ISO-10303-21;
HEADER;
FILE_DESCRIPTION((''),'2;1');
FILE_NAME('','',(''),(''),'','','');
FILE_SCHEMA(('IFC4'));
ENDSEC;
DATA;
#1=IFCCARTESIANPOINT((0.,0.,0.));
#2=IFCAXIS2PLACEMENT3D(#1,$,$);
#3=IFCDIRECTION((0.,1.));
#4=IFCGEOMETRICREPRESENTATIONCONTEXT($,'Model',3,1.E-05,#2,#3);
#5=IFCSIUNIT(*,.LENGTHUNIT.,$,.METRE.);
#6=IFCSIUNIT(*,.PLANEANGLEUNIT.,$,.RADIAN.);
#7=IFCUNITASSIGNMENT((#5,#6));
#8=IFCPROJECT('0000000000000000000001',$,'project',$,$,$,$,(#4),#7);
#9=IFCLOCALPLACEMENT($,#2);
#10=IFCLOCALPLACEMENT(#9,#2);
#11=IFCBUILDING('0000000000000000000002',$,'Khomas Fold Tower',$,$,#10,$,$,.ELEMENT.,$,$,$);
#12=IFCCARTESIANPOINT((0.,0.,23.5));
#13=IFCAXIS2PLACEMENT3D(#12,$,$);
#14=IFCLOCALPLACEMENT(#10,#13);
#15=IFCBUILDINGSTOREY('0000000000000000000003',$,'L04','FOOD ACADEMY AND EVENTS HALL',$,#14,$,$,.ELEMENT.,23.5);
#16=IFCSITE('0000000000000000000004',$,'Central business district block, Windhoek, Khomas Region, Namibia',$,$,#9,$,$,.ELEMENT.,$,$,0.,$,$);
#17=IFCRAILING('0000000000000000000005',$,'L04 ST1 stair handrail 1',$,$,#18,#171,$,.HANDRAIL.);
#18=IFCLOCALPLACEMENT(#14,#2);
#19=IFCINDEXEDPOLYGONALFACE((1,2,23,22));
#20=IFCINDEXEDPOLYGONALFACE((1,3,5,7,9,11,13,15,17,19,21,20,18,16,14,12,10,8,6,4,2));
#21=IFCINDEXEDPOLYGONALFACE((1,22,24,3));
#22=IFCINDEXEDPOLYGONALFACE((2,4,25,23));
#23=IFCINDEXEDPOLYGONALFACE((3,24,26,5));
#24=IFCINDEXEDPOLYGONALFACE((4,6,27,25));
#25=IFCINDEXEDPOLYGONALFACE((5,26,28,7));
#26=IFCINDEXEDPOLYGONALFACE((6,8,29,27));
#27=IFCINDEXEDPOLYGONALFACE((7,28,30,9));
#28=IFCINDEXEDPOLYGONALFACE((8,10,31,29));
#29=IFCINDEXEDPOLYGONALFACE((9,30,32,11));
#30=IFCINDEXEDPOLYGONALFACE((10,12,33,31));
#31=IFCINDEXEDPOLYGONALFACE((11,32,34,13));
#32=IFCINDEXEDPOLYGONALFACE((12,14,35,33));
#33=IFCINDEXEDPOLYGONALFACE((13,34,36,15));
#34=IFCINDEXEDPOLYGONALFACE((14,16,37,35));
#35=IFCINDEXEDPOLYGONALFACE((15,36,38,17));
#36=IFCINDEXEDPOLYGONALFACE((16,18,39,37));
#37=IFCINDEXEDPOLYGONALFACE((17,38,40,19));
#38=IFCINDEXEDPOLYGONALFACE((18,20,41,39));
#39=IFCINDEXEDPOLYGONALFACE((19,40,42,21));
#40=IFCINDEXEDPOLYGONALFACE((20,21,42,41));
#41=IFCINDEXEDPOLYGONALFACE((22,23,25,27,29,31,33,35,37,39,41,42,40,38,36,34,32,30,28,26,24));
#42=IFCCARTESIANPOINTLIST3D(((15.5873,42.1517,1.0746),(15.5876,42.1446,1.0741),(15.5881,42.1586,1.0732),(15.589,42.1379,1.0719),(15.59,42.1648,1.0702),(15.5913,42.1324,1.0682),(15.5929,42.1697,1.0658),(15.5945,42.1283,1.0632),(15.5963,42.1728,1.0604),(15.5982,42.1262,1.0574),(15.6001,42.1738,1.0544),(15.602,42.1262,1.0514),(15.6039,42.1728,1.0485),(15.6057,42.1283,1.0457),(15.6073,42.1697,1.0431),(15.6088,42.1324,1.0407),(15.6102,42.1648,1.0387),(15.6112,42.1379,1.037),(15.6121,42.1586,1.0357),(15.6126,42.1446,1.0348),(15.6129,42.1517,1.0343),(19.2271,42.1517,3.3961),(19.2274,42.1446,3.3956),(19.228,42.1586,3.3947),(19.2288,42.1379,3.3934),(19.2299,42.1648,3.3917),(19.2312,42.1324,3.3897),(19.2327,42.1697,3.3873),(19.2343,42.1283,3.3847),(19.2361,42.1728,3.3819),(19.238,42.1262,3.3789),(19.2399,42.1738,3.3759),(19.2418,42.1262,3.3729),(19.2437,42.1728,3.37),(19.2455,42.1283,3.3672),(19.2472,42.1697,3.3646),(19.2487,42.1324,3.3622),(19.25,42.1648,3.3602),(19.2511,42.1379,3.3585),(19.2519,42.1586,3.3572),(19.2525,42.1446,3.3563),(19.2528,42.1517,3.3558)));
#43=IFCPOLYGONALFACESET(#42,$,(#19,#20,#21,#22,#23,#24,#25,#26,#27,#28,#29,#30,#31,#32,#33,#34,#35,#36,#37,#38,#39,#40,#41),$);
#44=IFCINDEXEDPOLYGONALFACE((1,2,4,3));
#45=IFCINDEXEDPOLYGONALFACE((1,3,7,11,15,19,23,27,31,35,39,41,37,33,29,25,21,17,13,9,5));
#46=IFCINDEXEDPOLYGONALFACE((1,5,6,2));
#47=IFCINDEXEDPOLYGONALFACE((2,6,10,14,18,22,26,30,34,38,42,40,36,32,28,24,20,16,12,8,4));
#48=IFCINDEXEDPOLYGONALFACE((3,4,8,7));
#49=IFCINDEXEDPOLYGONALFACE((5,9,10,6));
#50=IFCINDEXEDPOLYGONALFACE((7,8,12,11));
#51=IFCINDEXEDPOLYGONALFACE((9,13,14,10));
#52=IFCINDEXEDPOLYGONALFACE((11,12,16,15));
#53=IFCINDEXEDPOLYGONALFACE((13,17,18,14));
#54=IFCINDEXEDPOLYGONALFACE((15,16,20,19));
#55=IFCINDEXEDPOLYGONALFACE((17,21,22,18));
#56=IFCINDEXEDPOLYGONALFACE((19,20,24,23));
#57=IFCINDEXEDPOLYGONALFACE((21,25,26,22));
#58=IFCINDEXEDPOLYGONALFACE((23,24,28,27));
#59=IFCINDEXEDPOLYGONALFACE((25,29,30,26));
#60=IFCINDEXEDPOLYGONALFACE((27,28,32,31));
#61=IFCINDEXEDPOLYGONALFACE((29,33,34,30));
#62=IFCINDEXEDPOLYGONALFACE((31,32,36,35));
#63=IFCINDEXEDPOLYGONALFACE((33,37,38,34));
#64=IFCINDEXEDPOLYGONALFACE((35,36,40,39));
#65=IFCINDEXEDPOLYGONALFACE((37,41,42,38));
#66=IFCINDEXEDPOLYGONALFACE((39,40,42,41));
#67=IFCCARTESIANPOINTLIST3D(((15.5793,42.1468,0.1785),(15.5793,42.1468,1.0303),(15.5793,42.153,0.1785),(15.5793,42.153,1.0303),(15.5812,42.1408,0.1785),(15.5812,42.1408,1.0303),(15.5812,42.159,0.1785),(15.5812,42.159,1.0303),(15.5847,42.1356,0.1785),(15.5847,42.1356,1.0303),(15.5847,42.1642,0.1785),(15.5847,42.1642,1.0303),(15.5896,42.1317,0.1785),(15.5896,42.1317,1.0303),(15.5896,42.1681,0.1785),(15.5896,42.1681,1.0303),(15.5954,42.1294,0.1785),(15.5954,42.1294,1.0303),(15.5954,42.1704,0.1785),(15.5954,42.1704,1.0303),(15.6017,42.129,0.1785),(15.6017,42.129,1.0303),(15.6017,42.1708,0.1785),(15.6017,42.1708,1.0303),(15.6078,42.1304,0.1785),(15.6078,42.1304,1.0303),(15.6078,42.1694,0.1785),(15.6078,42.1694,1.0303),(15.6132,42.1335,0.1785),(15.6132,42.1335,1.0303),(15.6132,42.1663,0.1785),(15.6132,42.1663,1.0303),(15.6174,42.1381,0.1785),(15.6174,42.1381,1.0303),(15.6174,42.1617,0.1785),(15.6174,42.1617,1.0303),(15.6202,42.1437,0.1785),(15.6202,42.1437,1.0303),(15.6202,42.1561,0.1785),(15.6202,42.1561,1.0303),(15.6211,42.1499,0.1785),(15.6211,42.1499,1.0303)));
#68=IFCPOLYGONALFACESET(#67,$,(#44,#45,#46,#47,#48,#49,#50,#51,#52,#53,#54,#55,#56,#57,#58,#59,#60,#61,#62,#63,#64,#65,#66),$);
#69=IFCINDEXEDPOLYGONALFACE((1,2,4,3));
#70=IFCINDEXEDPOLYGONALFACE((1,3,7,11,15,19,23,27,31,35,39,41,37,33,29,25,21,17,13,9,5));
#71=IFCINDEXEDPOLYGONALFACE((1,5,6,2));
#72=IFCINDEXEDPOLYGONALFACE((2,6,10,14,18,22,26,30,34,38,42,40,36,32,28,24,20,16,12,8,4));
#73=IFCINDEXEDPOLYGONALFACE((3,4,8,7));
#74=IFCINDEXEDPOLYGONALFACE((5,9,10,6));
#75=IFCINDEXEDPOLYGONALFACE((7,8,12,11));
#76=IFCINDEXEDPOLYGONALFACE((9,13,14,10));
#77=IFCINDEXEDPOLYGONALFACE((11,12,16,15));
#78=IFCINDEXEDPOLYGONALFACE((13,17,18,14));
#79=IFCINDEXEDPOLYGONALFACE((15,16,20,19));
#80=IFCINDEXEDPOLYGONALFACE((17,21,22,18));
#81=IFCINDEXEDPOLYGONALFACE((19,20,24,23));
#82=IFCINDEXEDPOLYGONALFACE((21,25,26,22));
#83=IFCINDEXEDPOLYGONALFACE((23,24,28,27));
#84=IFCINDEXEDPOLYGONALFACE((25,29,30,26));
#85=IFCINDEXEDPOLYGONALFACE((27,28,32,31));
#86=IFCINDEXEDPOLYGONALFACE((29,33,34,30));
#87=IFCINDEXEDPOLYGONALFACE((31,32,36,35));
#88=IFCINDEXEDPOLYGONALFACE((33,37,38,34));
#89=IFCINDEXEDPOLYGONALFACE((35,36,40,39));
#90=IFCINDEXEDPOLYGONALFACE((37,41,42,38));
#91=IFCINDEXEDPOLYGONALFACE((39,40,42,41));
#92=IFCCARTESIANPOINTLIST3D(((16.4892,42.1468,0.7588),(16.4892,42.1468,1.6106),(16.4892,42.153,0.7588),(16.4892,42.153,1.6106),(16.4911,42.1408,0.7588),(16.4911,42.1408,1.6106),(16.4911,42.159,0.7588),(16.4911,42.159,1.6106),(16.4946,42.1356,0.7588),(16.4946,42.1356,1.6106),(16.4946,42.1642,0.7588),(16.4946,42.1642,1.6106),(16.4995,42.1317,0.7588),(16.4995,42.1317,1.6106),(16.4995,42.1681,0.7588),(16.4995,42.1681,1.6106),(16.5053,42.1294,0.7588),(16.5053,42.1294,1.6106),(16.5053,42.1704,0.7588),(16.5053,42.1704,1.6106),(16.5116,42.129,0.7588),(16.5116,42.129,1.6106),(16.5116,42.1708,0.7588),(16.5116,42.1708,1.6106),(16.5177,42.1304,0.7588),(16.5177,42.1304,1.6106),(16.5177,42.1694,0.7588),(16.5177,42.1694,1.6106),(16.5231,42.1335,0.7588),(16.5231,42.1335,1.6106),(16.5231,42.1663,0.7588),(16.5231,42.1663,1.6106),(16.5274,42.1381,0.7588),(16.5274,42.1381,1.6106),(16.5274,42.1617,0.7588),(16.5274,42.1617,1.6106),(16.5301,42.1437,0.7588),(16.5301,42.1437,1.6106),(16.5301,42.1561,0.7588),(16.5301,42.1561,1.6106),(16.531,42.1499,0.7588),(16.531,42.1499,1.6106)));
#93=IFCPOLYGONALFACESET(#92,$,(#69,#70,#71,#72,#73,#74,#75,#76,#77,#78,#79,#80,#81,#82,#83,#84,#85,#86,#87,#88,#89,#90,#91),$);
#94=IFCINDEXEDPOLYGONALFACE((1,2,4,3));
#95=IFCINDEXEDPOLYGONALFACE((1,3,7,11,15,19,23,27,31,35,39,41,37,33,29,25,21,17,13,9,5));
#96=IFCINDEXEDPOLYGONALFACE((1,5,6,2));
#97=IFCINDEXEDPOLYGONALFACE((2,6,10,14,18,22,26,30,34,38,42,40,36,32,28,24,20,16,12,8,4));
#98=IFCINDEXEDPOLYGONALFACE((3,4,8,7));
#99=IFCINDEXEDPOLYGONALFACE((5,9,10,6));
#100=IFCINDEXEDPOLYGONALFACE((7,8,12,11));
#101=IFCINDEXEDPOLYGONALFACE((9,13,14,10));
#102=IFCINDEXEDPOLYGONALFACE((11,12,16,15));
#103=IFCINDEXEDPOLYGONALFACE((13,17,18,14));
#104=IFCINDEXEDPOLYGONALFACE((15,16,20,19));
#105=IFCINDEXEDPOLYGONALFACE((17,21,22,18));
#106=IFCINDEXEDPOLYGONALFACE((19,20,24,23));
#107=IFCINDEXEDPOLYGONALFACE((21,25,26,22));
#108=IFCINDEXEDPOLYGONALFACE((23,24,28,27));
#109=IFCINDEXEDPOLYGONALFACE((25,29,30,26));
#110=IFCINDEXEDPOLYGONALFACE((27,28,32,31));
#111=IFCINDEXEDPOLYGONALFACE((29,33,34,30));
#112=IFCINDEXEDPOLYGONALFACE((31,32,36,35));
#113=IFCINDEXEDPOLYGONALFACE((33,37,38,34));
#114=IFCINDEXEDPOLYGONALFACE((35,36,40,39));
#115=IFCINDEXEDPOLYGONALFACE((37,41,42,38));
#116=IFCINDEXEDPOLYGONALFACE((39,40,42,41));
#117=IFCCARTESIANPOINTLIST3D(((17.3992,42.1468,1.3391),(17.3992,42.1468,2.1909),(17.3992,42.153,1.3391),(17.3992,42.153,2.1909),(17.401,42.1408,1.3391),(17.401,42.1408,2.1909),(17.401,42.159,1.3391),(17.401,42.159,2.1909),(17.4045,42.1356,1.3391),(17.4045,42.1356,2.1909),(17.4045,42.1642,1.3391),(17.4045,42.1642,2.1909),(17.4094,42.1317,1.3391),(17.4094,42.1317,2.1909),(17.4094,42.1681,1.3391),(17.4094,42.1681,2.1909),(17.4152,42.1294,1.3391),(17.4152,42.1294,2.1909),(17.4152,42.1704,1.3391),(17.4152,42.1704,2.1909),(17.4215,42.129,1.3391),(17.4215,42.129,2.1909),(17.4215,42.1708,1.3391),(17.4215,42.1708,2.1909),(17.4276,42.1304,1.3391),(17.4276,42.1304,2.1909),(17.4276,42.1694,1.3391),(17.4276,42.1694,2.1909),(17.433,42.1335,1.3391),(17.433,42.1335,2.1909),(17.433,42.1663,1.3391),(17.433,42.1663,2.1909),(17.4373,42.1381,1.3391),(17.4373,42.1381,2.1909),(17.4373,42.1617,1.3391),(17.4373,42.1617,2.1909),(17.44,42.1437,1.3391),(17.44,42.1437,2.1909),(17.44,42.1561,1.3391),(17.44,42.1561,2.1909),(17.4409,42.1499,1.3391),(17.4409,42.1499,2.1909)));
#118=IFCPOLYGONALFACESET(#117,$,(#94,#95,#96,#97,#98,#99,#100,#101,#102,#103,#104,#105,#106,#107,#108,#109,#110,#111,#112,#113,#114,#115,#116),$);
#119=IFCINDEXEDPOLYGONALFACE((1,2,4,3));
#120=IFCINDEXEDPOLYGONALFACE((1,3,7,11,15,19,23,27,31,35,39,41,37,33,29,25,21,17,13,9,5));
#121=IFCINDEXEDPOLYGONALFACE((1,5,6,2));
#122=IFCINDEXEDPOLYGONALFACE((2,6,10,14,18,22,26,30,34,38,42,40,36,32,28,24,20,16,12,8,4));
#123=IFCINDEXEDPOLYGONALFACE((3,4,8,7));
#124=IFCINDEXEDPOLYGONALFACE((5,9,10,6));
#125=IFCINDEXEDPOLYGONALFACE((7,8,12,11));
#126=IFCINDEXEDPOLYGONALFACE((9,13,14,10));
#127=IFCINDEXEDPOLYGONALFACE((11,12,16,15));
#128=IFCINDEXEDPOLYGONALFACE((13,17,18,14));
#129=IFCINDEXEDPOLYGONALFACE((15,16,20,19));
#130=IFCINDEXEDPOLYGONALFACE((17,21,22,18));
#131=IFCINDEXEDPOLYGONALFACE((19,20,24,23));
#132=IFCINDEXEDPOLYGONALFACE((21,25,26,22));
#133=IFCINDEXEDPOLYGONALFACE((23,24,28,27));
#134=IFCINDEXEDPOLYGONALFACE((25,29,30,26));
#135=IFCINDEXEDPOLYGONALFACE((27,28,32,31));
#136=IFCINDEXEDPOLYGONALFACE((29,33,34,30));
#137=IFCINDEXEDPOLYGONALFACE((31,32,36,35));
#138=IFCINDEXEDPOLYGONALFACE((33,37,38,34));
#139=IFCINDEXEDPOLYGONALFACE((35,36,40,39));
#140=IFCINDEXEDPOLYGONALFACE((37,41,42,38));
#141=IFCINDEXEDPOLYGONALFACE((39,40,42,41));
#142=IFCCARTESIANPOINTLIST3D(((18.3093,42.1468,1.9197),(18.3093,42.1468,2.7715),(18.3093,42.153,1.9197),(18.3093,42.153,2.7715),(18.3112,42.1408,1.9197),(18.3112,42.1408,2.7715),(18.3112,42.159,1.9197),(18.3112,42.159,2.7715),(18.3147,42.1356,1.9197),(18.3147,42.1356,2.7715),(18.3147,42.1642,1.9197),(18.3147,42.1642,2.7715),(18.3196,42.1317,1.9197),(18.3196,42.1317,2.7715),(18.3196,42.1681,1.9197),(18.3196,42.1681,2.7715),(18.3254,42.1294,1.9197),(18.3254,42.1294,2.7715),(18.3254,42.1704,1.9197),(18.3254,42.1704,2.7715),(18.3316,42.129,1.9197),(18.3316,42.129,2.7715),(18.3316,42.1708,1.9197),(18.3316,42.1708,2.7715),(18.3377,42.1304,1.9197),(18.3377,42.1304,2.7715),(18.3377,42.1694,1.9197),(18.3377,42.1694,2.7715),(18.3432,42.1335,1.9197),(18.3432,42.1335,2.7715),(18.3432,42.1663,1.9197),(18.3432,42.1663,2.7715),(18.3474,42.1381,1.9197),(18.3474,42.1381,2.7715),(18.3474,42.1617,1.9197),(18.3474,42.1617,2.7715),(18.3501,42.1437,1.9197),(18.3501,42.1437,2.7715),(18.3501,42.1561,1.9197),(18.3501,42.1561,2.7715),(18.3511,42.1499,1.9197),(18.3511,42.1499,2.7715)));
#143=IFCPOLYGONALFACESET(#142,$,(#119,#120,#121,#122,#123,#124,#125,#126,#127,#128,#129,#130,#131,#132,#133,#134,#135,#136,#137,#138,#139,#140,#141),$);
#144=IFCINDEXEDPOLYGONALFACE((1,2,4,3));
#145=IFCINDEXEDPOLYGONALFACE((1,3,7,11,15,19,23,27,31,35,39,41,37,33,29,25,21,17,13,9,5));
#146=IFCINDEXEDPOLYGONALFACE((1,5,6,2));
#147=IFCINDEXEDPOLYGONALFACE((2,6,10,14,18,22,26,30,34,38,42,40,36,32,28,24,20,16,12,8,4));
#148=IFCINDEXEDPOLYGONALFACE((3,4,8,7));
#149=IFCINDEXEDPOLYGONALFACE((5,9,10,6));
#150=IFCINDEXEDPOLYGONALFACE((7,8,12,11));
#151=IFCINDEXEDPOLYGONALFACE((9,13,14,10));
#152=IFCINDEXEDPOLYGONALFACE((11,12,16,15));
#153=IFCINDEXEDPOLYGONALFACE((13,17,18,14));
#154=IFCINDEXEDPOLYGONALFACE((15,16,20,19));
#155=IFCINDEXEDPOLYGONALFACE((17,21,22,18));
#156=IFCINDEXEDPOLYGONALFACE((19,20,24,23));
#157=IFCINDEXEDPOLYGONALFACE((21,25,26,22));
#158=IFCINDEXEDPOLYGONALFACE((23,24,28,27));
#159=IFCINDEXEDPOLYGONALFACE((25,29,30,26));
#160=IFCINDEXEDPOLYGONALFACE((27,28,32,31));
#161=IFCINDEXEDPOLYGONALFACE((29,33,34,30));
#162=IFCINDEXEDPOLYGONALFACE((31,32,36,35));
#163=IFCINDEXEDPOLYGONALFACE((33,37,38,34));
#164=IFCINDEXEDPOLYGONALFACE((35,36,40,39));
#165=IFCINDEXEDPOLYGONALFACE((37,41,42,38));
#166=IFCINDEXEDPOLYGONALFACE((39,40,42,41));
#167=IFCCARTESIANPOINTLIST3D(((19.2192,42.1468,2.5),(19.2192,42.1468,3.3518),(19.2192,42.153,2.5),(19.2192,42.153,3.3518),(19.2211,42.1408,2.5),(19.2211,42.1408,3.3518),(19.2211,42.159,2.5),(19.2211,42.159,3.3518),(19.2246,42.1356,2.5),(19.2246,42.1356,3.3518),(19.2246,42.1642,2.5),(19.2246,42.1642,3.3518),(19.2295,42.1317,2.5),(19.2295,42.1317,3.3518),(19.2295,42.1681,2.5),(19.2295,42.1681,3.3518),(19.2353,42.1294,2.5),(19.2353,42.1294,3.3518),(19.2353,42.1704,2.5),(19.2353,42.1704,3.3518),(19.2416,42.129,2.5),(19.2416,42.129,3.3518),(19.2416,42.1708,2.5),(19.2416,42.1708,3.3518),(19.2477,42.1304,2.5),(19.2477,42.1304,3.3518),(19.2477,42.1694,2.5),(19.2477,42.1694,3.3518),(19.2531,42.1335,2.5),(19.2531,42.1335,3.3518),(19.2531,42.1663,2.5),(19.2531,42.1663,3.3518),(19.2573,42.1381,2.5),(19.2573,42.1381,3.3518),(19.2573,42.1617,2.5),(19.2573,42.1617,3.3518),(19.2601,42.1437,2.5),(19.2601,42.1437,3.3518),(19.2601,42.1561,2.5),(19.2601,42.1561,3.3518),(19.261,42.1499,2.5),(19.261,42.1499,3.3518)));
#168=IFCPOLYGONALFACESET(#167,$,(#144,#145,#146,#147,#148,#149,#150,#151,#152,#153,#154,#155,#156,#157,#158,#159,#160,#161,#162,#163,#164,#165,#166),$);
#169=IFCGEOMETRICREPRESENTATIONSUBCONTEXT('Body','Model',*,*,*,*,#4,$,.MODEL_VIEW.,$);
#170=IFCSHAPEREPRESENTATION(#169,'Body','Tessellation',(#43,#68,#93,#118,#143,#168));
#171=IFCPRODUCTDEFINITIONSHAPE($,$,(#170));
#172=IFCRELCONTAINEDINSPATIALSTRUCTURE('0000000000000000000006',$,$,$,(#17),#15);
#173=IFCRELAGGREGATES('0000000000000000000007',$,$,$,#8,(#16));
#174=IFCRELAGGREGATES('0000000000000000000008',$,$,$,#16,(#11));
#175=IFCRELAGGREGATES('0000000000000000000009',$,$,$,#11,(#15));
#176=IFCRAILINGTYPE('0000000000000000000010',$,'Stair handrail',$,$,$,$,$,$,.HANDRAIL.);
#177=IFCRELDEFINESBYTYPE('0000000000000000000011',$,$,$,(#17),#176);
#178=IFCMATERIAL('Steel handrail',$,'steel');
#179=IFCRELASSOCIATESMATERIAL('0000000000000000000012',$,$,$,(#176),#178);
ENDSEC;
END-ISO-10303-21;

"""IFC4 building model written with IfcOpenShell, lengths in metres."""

from ifc_helpers import new_model, si_unit, direction, frame, origin, origin_2d, place, context, subcontext, project, spatial, circle, extrude, source, transform, mapped, material, type_object, element, save


model = new_model("IFC4")

# Units and contexts
model_context = context("Model", 3, precision=1e-05, world=origin(), true_north=direction((0.0, 1.0)))
body_context = subcontext(model_context, "Body", "Model", "MODEL_VIEW")
ifc_project = project(units=[si_unit("LENGTHUNIT", "METRE"), si_unit("PLANEANGLEUNIT", "RADIAN")], contexts=[model_context])

# Site, building, storey
site_placement = place(None, origin())
site = spatial("IfcSite", under=ifc_project, at=site_placement, Name="Central business district block, Windhoek, Khomas Region, Namibia", CompositionType="ELEMENT", RefElevation=0.0)
building_placement = place(site_placement, origin())
building = spatial("IfcBuilding", under=site, at=building_placement, Name="Khomas Fold Tower", CompositionType="ELEMENT")
storey_placement = place(building_placement, frame((0.0, 0.0, 23.5)))
storey = spatial("IfcBuildingStorey", under=building, at=storey_placement, Name="L04", Description="FOOD ACADEMY AND EVENTS HALL", CompositionType="ELEMENT", Elevation=23.5)

# Railing
ifc_material_1 = material(Name="Steel handrail", Category="steel")
railing_type_1 = type_object("IfcRailingType", Name="Stair handrail", PredefinedType="HANDRAIL", material=ifc_material_1)
shared_shape_1 = source(origin(), body_context, "Body", "SweptSolid", [
    extrude(circle(Radius=0.0239, at=origin_2d()), frame((0.0, 0.0, 0.876), z_axis=(0.843112, 0.0, 0.537739), x_axis=(0.0, 1.0, 0.0)), (0.0, 0.0, 1.0), 4.3171),
    extrude(circle(Radius=0.021, at=origin_2d()), origin(), (0.0, 0.0, 1.0), 0.8518),
    extrude(circle(Radius=0.021, at=origin_2d()), frame((0.9099, 0.0, 0.5803)), (0.0, 0.0, 1.0), 0.8518),
    extrude(circle(Radius=0.021, at=origin_2d()), frame((1.8198, 0.0, 1.1606)), (0.0, 0.0, 1.0), 0.8518),
    extrude(circle(Radius=0.021, at=origin_2d()), frame((2.73, 0.0, 1.7412)), (0.0, 0.0, 1.0), 0.8518),
    extrude(circle(Radius=0.021, at=origin_2d()), frame((3.6399, 0.0, 2.3215)), (0.0, 0.0, 1.0), 0.8518),
])
railing_1_placement = place(storey_placement, frame((15.6001, 42.1499, 0.1785)))
element("IfcRailing", 1, at=railing_1_placement, inside=storey, type_object=railing_type_1, Name="L04 ST1 stair handrail 1", PredefinedType="HANDRAIL", context=body_context, shape_type="MappedRepresentation", body=[
    mapped(shared_shape_1, transform((0.0, 0.0, 0.0))),
])

save(model, "model.ifc")
